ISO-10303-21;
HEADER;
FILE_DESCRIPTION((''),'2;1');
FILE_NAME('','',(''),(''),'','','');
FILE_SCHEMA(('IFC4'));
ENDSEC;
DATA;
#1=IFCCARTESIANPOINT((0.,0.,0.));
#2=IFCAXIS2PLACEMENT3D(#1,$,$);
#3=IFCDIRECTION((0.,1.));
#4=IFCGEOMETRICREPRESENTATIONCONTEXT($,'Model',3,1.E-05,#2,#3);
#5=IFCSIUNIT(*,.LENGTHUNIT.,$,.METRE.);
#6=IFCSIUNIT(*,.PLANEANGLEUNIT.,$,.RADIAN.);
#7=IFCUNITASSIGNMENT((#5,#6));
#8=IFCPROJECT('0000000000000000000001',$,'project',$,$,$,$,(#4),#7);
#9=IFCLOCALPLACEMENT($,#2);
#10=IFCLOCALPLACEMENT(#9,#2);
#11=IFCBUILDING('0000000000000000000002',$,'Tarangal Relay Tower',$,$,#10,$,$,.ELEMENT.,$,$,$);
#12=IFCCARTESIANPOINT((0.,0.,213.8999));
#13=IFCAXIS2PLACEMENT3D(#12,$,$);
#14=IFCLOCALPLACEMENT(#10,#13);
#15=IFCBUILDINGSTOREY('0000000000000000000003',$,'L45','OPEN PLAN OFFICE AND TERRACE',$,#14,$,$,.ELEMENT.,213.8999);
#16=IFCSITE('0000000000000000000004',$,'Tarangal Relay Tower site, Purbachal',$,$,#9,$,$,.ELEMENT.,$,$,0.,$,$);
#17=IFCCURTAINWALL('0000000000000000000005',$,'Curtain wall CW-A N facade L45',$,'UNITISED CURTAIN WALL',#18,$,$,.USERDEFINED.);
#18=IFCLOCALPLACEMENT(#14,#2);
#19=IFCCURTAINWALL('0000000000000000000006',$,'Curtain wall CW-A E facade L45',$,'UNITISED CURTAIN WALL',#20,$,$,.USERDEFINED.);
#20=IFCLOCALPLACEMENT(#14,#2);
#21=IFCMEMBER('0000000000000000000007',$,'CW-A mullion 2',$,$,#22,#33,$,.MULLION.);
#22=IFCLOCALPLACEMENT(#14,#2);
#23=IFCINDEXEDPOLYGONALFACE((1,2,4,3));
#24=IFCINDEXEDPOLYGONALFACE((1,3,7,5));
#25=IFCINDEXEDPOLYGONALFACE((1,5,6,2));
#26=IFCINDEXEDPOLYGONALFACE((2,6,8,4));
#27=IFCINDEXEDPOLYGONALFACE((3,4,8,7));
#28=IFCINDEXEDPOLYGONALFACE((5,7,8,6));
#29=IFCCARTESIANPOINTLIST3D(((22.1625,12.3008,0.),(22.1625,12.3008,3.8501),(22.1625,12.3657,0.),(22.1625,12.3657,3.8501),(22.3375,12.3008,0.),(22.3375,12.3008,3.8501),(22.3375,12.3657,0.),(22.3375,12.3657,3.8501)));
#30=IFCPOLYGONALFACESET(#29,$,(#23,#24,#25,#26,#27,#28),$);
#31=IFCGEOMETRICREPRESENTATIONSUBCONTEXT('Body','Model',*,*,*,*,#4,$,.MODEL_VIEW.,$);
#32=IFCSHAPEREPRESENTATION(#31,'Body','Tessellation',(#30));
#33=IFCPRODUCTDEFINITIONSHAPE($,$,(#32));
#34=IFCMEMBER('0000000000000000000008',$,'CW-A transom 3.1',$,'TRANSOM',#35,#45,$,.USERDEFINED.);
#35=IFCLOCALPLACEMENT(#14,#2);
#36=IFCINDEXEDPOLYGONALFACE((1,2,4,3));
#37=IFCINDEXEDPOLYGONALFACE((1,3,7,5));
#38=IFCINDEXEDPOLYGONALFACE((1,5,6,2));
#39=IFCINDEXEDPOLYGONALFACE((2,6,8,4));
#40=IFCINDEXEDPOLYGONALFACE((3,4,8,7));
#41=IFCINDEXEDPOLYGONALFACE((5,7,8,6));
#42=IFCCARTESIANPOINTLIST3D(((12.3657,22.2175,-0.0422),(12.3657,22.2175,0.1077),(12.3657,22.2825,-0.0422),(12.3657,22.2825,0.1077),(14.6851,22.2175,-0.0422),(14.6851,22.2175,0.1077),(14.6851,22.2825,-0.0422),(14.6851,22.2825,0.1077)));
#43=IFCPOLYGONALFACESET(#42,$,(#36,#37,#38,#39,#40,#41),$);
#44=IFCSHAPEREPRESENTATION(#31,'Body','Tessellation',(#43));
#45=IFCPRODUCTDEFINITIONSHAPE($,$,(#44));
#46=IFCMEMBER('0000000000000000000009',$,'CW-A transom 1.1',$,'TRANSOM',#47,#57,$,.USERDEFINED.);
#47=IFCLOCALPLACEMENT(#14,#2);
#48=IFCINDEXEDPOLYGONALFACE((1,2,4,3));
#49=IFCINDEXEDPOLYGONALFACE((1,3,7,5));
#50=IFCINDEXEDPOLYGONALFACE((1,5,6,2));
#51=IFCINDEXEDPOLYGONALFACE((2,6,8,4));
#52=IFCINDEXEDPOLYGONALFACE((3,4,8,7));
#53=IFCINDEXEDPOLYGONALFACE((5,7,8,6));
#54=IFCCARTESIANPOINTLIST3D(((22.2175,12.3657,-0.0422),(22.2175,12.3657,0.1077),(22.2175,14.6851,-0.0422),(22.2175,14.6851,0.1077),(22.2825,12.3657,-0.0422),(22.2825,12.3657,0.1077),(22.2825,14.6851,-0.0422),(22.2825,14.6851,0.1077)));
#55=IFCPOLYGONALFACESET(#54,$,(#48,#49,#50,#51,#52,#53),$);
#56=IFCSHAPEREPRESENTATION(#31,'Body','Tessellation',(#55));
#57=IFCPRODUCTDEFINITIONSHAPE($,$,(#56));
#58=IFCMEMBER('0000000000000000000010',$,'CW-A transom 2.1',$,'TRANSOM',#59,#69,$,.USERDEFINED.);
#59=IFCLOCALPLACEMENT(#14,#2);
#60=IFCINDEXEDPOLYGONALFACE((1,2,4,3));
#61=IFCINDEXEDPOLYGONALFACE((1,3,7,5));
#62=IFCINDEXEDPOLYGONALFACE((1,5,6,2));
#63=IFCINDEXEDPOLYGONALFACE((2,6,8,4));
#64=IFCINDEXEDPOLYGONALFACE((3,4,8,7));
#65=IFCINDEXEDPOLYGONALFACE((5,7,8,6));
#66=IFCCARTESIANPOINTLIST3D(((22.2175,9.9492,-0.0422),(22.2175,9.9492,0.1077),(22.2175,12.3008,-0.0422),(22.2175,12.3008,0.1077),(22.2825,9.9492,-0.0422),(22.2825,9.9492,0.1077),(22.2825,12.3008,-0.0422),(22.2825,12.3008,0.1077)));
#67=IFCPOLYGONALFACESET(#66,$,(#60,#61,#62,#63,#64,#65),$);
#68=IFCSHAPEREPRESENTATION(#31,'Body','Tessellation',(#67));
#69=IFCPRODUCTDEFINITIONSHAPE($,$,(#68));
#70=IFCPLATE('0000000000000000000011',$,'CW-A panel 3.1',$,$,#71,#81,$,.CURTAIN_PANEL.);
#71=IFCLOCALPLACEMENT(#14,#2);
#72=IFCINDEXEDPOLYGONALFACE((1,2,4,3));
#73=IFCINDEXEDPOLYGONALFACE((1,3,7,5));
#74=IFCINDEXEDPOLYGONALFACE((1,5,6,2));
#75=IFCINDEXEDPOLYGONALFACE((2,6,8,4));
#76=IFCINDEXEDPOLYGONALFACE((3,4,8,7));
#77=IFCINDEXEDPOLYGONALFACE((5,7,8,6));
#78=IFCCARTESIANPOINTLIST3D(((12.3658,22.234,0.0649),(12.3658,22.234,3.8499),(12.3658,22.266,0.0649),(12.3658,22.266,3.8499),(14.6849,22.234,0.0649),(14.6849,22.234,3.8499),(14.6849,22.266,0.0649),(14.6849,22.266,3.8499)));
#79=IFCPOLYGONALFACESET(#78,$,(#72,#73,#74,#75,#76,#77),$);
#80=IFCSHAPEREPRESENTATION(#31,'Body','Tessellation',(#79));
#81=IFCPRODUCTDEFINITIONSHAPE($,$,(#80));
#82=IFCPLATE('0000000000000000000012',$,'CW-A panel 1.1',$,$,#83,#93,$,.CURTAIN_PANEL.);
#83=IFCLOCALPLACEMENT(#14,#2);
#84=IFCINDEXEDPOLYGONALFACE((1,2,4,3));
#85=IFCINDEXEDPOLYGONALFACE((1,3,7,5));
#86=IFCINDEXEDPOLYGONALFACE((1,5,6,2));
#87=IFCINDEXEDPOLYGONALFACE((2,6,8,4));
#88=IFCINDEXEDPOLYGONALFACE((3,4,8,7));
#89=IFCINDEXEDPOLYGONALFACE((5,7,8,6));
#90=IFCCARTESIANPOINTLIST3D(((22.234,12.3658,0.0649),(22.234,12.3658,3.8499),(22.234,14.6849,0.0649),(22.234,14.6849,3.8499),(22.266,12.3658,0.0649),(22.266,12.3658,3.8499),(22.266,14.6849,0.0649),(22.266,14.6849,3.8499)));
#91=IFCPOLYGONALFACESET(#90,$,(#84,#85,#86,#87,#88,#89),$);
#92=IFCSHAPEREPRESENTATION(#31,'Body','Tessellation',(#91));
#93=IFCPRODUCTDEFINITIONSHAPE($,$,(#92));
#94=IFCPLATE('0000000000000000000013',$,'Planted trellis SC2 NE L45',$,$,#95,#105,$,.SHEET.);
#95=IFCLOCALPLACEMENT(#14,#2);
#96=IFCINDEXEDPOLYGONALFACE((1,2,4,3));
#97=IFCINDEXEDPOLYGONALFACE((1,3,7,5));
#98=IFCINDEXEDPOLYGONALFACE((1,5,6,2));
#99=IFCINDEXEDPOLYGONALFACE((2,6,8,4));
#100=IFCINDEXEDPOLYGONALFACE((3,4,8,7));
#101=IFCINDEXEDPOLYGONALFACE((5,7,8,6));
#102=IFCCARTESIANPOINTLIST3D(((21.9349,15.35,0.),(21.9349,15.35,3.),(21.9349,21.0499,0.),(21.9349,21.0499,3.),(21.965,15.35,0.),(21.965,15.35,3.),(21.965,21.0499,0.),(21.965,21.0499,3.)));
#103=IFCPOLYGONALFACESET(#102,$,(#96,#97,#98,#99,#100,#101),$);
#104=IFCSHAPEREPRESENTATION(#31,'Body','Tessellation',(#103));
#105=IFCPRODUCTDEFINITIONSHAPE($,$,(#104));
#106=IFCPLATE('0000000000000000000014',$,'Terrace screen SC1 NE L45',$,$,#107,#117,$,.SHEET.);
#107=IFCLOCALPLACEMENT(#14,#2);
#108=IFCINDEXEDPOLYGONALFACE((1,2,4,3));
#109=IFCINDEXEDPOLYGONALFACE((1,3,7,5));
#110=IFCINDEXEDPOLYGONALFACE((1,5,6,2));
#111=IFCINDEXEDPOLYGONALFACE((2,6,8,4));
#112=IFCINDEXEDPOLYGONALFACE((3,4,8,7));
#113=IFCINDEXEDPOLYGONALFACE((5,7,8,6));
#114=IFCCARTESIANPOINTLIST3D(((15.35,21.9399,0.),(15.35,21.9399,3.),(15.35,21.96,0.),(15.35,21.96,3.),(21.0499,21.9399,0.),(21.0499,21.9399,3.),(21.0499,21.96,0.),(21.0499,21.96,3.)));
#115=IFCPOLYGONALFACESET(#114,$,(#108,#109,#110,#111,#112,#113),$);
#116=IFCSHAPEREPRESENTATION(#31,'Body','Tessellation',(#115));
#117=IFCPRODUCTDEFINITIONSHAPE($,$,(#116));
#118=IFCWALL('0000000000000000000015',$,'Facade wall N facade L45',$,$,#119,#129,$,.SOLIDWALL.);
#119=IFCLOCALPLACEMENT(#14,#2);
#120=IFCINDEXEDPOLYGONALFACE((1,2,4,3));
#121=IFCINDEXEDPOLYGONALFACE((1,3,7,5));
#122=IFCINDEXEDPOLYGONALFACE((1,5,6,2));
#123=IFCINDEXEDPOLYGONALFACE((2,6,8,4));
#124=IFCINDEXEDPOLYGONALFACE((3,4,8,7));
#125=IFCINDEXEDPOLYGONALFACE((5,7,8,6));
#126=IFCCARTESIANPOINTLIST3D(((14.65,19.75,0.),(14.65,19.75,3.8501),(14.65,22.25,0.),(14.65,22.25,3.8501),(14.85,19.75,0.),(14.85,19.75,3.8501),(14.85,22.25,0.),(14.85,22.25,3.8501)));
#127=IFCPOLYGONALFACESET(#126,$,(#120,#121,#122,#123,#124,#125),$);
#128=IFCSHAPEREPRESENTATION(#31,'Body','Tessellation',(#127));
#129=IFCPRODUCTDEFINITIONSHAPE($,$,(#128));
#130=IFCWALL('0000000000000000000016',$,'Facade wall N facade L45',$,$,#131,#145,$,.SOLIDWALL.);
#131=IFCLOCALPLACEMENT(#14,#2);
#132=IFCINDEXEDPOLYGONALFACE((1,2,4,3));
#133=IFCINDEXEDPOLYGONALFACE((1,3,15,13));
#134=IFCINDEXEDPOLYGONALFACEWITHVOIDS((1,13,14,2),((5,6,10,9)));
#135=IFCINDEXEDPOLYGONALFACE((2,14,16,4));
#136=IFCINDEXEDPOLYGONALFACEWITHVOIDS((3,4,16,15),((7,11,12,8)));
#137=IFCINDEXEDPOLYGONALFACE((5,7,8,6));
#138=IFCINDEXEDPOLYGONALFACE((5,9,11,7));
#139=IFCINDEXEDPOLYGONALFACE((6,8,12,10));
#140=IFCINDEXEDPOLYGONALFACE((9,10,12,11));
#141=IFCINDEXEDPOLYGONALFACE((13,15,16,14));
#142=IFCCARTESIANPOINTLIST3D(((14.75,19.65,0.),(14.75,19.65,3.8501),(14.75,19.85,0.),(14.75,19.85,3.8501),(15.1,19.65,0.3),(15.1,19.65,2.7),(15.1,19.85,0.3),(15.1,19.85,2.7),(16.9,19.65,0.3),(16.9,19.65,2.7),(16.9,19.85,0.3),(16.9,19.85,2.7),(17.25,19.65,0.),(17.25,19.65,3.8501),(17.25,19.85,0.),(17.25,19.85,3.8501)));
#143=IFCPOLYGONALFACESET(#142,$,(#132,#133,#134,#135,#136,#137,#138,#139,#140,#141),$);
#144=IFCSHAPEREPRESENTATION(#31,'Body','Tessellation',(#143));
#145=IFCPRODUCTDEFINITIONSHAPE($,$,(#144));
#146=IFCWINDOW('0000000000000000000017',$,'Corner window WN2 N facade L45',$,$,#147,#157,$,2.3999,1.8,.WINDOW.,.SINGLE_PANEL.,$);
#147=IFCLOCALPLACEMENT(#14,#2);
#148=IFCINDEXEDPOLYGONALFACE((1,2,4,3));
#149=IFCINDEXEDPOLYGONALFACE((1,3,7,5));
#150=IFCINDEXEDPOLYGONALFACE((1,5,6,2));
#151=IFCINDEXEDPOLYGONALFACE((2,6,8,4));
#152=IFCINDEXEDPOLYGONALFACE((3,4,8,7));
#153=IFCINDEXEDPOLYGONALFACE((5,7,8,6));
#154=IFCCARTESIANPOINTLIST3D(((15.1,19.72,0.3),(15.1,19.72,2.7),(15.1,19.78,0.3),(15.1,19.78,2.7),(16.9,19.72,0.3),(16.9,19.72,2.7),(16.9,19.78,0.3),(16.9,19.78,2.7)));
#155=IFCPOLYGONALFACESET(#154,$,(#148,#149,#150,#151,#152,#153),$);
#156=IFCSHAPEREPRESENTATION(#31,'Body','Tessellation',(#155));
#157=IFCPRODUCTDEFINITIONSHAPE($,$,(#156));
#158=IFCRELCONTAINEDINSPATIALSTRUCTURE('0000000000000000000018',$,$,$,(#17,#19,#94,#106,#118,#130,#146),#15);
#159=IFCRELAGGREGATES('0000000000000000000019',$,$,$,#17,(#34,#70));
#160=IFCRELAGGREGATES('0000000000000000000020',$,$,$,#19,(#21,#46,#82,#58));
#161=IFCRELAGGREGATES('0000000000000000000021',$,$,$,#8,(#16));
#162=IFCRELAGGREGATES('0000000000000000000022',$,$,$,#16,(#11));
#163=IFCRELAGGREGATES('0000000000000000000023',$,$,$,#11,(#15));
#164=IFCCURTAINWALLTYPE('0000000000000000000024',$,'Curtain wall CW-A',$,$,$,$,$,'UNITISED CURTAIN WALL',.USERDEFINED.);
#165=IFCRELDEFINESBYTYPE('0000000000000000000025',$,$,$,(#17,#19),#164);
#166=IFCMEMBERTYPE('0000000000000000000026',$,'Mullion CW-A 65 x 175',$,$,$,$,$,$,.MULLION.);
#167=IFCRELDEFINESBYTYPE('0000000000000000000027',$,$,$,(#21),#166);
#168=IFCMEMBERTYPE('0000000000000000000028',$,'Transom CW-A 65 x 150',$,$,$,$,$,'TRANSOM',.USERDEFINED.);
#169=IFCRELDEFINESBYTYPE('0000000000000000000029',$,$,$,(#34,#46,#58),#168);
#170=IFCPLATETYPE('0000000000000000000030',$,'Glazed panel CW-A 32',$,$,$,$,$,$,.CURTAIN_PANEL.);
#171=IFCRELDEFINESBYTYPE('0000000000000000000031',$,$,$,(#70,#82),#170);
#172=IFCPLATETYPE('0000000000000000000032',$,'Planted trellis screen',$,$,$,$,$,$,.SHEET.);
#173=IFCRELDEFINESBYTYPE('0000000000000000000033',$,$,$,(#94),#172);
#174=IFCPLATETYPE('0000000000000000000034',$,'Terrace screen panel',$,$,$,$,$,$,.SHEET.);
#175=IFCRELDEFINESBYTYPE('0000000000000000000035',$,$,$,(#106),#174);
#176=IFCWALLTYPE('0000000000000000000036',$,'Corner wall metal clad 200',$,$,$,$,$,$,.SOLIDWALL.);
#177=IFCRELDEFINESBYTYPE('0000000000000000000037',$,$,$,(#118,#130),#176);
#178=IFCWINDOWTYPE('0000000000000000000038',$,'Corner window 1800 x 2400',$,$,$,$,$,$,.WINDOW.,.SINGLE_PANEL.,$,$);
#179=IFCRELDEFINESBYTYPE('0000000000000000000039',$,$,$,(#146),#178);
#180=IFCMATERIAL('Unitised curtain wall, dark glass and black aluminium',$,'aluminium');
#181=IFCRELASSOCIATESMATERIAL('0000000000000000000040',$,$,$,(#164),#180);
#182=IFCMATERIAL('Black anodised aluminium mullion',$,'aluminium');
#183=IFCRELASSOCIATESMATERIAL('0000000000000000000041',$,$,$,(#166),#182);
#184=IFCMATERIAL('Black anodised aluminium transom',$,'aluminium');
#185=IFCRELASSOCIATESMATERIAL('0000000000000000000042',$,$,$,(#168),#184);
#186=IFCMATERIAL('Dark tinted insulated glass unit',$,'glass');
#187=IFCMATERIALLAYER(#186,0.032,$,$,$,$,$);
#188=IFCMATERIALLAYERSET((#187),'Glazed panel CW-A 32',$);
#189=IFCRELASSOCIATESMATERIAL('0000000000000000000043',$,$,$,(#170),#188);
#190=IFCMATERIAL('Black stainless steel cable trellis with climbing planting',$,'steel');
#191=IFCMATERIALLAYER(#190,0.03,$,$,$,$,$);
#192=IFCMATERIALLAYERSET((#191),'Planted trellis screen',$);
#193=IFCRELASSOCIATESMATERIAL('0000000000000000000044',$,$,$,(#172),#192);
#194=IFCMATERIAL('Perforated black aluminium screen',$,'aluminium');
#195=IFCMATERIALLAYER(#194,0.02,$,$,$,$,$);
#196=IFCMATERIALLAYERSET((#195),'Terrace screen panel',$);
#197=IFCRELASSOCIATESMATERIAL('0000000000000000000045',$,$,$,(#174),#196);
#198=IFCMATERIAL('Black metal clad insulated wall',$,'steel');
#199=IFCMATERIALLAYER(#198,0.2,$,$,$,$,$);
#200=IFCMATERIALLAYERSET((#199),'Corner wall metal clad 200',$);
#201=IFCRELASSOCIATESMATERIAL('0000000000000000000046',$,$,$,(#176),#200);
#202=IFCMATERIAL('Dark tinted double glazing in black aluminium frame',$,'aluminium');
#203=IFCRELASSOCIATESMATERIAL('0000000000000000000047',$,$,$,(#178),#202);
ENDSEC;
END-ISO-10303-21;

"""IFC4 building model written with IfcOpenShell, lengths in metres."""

from ifc_helpers import new_model, si_unit, direction, frame, frame_2d, origin, origin_2d, place, context, subcontext, project, spatial, rectangle, extrude, material, layer, layer_set, material_profile, profile_set, type_object, element, fill, aggregate, save


model = new_model("IFC4")

# Units and contexts
model_context = context("Model", 3, precision=1e-05, world=origin(), true_north=direction((0.0, 1.0)))
body_context = subcontext(model_context, "Body", "Model", "MODEL_VIEW")
ifc_project = project(units=[si_unit("LENGTHUNIT", "METRE"), si_unit("PLANEANGLEUNIT", "RADIAN")], contexts=[model_context])

# Site, building, storey
site_placement = place(None, origin())
site = spatial("IfcSite", under=ifc_project, at=site_placement, Name="Tarangal Relay Tower site, Purbachal", CompositionType="ELEMENT", RefElevation=0.0)
building_placement = place(site_placement, origin())
building = spatial("IfcBuilding", under=site, at=building_placement, Name="Tarangal Relay Tower", CompositionType="ELEMENT")
storey_placement = place(building_placement, frame((0.0, 0.0, 213.8999)))
storey = spatial("IfcBuildingStorey", under=building, at=storey_placement, Name="L45", Description="OPEN PLAN OFFICE AND TERRACE", CompositionType="ELEMENT", Elevation=213.8999)

# Curtain walls, member
ifc_material_1 = material(Name="Unitised curtain wall, dark glass and black aluminium", Category="aluminium")
curtain_wall_type = type_object("IfcCurtainWallType", Name="Curtain wall CW-A", ElementType="UNITISED CURTAIN WALL", PredefinedType="USERDEFINED", material=ifc_material_1)
curtain_wall_1_placement = place(storey_placement, origin())
curtain_wall_1 = element("IfcCurtainWall", 1, at=curtain_wall_1_placement, inside=storey, type_object=curtain_wall_type, Name="Curtain wall CW-A N facade L45", ObjectType="UNITISED CURTAIN WALL", PredefinedType="USERDEFINED")
ifc_material_2 = material(Name="Black anodised aluminium mullion", Category="aluminium")
ifc_material_profile_1 = material_profile(ifc_material_2, rectangle(XDim=0.175, YDim=0.0649, at=origin_2d()), Name="CW-AM 65X175")
ifc_profile_set_1 = profile_set([ifc_material_profile_1], Name="Black anodised aluminium mullion")
member_type_1 = type_object("IfcMemberType", Name="Mullion CW-A 65 x 175", PredefinedType="MULLION", material=ifc_profile_set_1)
curtain_wall_2_placement = place(storey_placement, origin())
curtain_wall_2 = element("IfcCurtainWall", 2, at=curtain_wall_2_placement, inside=storey, type_object=curtain_wall_type, Name="Curtain wall CW-A E facade L45", ObjectType="UNITISED CURTAIN WALL", PredefinedType="USERDEFINED")
member_1_placement = place(storey_placement, frame((22.25, 12.3333, 0.0), z_axis=(0.0, 0.0, 1.0), x_axis=(1.0, 0.0, 0.0)))
member_1 = element("IfcMember", 3, at=member_1_placement, type_object=member_type_1, Name="CW-A mullion 2", PredefinedType="MULLION", context=body_context, shape_type="SweptSolid", body=[
    extrude(rectangle(XDim=0.175, YDim=0.0649, at=origin_2d()), origin(), (0.0, 0.0, 1.0), 3.8501),
])

# Members
ifc_material_3 = material(Name="Black anodised aluminium transom", Category="aluminium")
ifc_material_profile_2 = material_profile(ifc_material_3, rectangle(XDim=0.0649, YDim=0.1499, at=origin_2d()), Name="CW-AT 65X150")
ifc_profile_set_2 = profile_set([ifc_material_profile_2], Name="Black anodised aluminium transom")
member_type_2 = type_object("IfcMemberType", Name="Transom CW-A 65 x 150", ElementType="TRANSOM", PredefinedType="USERDEFINED", material=ifc_profile_set_2)
member_2_placement = place(storey_placement, frame((12.3657, 22.25, 0.0327), z_axis=(1.0, 0.0, 0.0), x_axis=(0.0, 1.0, 0.0)))
member_2 = element("IfcMember", 4, at=member_2_placement, type_object=member_type_2, Name="CW-A transom 3.1", ObjectType="TRANSOM", PredefinedType="USERDEFINED", context=body_context, shape_type="SweptSolid", body=[
    extrude(rectangle(XDim=0.0649, YDim=0.1499, at=origin_2d()), origin(), (0.0, 0.0, 1.0), 2.3193),
])
member_3_placement = place(storey_placement, frame((22.25, 14.6851, 0.0327), z_axis=(0.0, -1.0, 0.0), x_axis=(1.0, 0.0, 0.0)))
member_3 = element("IfcMember", 5, at=member_3_placement, type_object=member_type_2, Name="CW-A transom 1.1", ObjectType="TRANSOM", PredefinedType="USERDEFINED", context=body_context, shape_type="SweptSolid", body=[
    extrude(rectangle(XDim=0.0649, YDim=0.1499, at=origin_2d()), origin(), (0.0, 0.0, 1.0), 2.3193),
])
member_4_placement = place(storey_placement, frame((22.25, 12.3008, 0.0327), z_axis=(0.0, -1.0, 0.0), x_axis=(1.0, 0.0, 0.0)))
member_4 = element("IfcMember", 6, at=member_4_placement, type_object=member_type_2, Name="CW-A transom 2.1", ObjectType="TRANSOM", PredefinedType="USERDEFINED", context=body_context, shape_type="SweptSolid", body=[
    extrude(rectangle(XDim=0.0649, YDim=0.1499, at=origin_2d()), origin(), (0.0, 0.0, 1.0), 2.3516),
])

# Plates
ifc_material_4 = material(Name="Dark tinted insulated glass unit", Category="glass")
ifc_layer_1 = layer(ifc_material_4, 0.032)
ifc_layer_set_1 = layer_set([ifc_layer_1], Name="Glazed panel CW-A 32")
plate_type_1 = type_object("IfcPlateType", Name="Glazed panel CW-A 32", PredefinedType="CURTAIN_PANEL", material=ifc_layer_set_1)
plate_1_placement = place(storey_placement, frame((13.5254, 22.25, 0.0649), z_axis=(0.0, 0.0, 1.0), x_axis=(1.0, 0.0, 0.0)))
plate_1 = element("IfcPlate", 7, at=plate_1_placement, type_object=plate_type_1, Name="CW-A panel 3.1", PredefinedType="CURTAIN_PANEL", context=body_context, shape_type="SweptSolid", body=[
    extrude(rectangle(XDim=2.3191, YDim=0.032, at=origin_2d()), origin(), (0.0, 0.0, 1.0), 3.7849),
])
aggregate(curtain_wall_1, [member_2, plate_1])
plate_2_placement = place(storey_placement, frame((22.25, 13.5254, 0.0649), z_axis=(0.0, 0.0, 1.0), x_axis=(0.0, -1.0, 0.0)))
plate_2 = element("IfcPlate", 8, at=plate_2_placement, type_object=plate_type_1, Name="CW-A panel 1.1", PredefinedType="CURTAIN_PANEL", context=body_context, shape_type="SweptSolid", body=[
    extrude(rectangle(XDim=2.3191, YDim=0.032, at=origin_2d()), origin(), (0.0, 0.0, 1.0), 3.7849),
])
aggregate(curtain_wall_2, [member_1, member_3, plate_2, member_4])

# Plates
ifc_material_5 = material(Name="Black stainless steel cable trellis with climbing planting", Category="steel")
ifc_layer_2 = layer(ifc_material_5, 0.03)
ifc_layer_set_2 = layer_set([ifc_layer_2], Name="Planted trellis screen")
plate_type_2 = type_object("IfcPlateType", Name="Planted trellis screen", PredefinedType="SHEET", material=ifc_layer_set_2)
plate_3_placement = place(storey_placement, frame((21.95, 18.2, 0.0), z_axis=(0.0, 0.0, 1.0), x_axis=(0.0, -1.0, 0.0)))
element("IfcPlate", 9, at=plate_3_placement, inside=storey, type_object=plate_type_2, Name="Planted trellis SC2 NE L45", PredefinedType="SHEET", context=body_context, shape_type="SweptSolid", body=[
    extrude(rectangle(XDim=5.7, YDim=0.03, at=origin_2d()), origin(), (0.0, 0.0, 1.0), 3.0),
])
ifc_material_6 = material(Name="Perforated black aluminium screen", Category="aluminium")
ifc_layer_3 = layer(ifc_material_6, 0.02)
ifc_layer_set_3 = layer_set([ifc_layer_3], Name="Terrace screen panel")
plate_type_3 = type_object("IfcPlateType", Name="Terrace screen panel", PredefinedType="SHEET", material=ifc_layer_set_3)
plate_4_placement = place(storey_placement, frame((18.2, 21.95, 0.0), z_axis=(0.0, 0.0, 1.0), x_axis=(1.0, 0.0, 0.0)))
element("IfcPlate", 10, at=plate_4_placement, inside=storey, type_object=plate_type_3, Name="Terrace screen SC1 NE L45", PredefinedType="SHEET", context=body_context, shape_type="SweptSolid", body=[
    extrude(rectangle(XDim=5.7, YDim=0.02, at=origin_2d()), origin(), (0.0, 0.0, 1.0), 3.0),
])

# Wall
ifc_material_7 = material(Name="Black metal clad insulated wall", Category="steel")
ifc_layer_4 = layer(ifc_material_7, 0.2)
ifc_layer_set_4 = layer_set([ifc_layer_4], Name="Corner wall metal clad 200")
wall_type_1 = type_object("IfcWallType", Name="Corner wall metal clad 200", PredefinedType="SOLIDWALL", material=ifc_layer_set_4)
wall_1_placement = place(storey_placement, frame((14.75, 22.25, 0.0), z_axis=(0.0, 0.0, 1.0), x_axis=(0.0, -1.0, 0.0)))
element("IfcWall", 11, at=wall_1_placement, inside=storey, type_object=wall_type_1, Name="Facade wall N facade L45", PredefinedType="SOLIDWALL", context=body_context, shape_type="SweptSolid", body=[
    extrude(rectangle(XDim=2.5, YDim=0.2, at=frame_2d((1.25, 0.0))), origin(), (0.0, 0.0, 1.0), 3.8501),
])

# Wall, opening, window
wall_2_placement = place(storey_placement, frame((14.75, 19.75, 0.0), z_axis=(0.0, 0.0, 1.0), x_axis=(1.0, 0.0, 0.0)))
wall_2 = element("IfcWall", 12, at=wall_2_placement, inside=storey, type_object=wall_type_1, Name="Facade wall N facade L45", PredefinedType="SOLIDWALL", context=body_context, shape_type="SweptSolid", body=[
    extrude(rectangle(XDim=2.5, YDim=0.2, at=frame_2d((1.25, 0.0))), origin(), (0.0, 0.0, 1.0), 3.8501),
])
opening_1_placement = place(wall_2_placement, frame((0.3501, 0.0, 0.3)))
opening_1 = element("IfcOpeningElement", 13, at=opening_1_placement, cuts=wall_2, PredefinedType="OPENING", context=body_context, shape_type="SweptSolid", body=[
    extrude(rectangle(XDim=1.8, YDim=2.3999, at=frame_2d((0.8999, 1.2))), frame((0.0, 0.1099, 0.0), z_axis=(0.0, -1.0, 0.0), x_axis=(1.0, 0.0, 0.0)), (0.0, 0.0, 1.0), 0.22),
])
ifc_material_8 = material(Name="Dark tinted double glazing in black aluminium frame", Category="aluminium")
window_type = type_object("IfcWindowType", Name="Corner window 1800 x 2400", PartitioningType="SINGLE_PANEL", PredefinedType="WINDOW", material=ifc_material_8)
window_1_placement = place(opening_1_placement, origin())
window_1 = element("IfcWindow", 14, at=window_1_placement, inside=storey, type_object=window_type, Name="Corner window WN2 N facade L45", OverallHeight=2.3999, OverallWidth=1.8, PartitioningType="SINGLE_PANEL", PredefinedType="WINDOW", context=body_context, shape_type="SweptSolid", body=[
    extrude(rectangle(XDim=1.8, YDim=2.3999, at=frame_2d((0.8999, 1.2))), frame((0.0, 0.03, 0.0), z_axis=(0.0, -1.0, 0.0), x_axis=(1.0, 0.0, 0.0)), (0.0, 0.0, 1.0), 0.0601),
])
fill(opening_1, window_1)

save(model, "model.ifc")
